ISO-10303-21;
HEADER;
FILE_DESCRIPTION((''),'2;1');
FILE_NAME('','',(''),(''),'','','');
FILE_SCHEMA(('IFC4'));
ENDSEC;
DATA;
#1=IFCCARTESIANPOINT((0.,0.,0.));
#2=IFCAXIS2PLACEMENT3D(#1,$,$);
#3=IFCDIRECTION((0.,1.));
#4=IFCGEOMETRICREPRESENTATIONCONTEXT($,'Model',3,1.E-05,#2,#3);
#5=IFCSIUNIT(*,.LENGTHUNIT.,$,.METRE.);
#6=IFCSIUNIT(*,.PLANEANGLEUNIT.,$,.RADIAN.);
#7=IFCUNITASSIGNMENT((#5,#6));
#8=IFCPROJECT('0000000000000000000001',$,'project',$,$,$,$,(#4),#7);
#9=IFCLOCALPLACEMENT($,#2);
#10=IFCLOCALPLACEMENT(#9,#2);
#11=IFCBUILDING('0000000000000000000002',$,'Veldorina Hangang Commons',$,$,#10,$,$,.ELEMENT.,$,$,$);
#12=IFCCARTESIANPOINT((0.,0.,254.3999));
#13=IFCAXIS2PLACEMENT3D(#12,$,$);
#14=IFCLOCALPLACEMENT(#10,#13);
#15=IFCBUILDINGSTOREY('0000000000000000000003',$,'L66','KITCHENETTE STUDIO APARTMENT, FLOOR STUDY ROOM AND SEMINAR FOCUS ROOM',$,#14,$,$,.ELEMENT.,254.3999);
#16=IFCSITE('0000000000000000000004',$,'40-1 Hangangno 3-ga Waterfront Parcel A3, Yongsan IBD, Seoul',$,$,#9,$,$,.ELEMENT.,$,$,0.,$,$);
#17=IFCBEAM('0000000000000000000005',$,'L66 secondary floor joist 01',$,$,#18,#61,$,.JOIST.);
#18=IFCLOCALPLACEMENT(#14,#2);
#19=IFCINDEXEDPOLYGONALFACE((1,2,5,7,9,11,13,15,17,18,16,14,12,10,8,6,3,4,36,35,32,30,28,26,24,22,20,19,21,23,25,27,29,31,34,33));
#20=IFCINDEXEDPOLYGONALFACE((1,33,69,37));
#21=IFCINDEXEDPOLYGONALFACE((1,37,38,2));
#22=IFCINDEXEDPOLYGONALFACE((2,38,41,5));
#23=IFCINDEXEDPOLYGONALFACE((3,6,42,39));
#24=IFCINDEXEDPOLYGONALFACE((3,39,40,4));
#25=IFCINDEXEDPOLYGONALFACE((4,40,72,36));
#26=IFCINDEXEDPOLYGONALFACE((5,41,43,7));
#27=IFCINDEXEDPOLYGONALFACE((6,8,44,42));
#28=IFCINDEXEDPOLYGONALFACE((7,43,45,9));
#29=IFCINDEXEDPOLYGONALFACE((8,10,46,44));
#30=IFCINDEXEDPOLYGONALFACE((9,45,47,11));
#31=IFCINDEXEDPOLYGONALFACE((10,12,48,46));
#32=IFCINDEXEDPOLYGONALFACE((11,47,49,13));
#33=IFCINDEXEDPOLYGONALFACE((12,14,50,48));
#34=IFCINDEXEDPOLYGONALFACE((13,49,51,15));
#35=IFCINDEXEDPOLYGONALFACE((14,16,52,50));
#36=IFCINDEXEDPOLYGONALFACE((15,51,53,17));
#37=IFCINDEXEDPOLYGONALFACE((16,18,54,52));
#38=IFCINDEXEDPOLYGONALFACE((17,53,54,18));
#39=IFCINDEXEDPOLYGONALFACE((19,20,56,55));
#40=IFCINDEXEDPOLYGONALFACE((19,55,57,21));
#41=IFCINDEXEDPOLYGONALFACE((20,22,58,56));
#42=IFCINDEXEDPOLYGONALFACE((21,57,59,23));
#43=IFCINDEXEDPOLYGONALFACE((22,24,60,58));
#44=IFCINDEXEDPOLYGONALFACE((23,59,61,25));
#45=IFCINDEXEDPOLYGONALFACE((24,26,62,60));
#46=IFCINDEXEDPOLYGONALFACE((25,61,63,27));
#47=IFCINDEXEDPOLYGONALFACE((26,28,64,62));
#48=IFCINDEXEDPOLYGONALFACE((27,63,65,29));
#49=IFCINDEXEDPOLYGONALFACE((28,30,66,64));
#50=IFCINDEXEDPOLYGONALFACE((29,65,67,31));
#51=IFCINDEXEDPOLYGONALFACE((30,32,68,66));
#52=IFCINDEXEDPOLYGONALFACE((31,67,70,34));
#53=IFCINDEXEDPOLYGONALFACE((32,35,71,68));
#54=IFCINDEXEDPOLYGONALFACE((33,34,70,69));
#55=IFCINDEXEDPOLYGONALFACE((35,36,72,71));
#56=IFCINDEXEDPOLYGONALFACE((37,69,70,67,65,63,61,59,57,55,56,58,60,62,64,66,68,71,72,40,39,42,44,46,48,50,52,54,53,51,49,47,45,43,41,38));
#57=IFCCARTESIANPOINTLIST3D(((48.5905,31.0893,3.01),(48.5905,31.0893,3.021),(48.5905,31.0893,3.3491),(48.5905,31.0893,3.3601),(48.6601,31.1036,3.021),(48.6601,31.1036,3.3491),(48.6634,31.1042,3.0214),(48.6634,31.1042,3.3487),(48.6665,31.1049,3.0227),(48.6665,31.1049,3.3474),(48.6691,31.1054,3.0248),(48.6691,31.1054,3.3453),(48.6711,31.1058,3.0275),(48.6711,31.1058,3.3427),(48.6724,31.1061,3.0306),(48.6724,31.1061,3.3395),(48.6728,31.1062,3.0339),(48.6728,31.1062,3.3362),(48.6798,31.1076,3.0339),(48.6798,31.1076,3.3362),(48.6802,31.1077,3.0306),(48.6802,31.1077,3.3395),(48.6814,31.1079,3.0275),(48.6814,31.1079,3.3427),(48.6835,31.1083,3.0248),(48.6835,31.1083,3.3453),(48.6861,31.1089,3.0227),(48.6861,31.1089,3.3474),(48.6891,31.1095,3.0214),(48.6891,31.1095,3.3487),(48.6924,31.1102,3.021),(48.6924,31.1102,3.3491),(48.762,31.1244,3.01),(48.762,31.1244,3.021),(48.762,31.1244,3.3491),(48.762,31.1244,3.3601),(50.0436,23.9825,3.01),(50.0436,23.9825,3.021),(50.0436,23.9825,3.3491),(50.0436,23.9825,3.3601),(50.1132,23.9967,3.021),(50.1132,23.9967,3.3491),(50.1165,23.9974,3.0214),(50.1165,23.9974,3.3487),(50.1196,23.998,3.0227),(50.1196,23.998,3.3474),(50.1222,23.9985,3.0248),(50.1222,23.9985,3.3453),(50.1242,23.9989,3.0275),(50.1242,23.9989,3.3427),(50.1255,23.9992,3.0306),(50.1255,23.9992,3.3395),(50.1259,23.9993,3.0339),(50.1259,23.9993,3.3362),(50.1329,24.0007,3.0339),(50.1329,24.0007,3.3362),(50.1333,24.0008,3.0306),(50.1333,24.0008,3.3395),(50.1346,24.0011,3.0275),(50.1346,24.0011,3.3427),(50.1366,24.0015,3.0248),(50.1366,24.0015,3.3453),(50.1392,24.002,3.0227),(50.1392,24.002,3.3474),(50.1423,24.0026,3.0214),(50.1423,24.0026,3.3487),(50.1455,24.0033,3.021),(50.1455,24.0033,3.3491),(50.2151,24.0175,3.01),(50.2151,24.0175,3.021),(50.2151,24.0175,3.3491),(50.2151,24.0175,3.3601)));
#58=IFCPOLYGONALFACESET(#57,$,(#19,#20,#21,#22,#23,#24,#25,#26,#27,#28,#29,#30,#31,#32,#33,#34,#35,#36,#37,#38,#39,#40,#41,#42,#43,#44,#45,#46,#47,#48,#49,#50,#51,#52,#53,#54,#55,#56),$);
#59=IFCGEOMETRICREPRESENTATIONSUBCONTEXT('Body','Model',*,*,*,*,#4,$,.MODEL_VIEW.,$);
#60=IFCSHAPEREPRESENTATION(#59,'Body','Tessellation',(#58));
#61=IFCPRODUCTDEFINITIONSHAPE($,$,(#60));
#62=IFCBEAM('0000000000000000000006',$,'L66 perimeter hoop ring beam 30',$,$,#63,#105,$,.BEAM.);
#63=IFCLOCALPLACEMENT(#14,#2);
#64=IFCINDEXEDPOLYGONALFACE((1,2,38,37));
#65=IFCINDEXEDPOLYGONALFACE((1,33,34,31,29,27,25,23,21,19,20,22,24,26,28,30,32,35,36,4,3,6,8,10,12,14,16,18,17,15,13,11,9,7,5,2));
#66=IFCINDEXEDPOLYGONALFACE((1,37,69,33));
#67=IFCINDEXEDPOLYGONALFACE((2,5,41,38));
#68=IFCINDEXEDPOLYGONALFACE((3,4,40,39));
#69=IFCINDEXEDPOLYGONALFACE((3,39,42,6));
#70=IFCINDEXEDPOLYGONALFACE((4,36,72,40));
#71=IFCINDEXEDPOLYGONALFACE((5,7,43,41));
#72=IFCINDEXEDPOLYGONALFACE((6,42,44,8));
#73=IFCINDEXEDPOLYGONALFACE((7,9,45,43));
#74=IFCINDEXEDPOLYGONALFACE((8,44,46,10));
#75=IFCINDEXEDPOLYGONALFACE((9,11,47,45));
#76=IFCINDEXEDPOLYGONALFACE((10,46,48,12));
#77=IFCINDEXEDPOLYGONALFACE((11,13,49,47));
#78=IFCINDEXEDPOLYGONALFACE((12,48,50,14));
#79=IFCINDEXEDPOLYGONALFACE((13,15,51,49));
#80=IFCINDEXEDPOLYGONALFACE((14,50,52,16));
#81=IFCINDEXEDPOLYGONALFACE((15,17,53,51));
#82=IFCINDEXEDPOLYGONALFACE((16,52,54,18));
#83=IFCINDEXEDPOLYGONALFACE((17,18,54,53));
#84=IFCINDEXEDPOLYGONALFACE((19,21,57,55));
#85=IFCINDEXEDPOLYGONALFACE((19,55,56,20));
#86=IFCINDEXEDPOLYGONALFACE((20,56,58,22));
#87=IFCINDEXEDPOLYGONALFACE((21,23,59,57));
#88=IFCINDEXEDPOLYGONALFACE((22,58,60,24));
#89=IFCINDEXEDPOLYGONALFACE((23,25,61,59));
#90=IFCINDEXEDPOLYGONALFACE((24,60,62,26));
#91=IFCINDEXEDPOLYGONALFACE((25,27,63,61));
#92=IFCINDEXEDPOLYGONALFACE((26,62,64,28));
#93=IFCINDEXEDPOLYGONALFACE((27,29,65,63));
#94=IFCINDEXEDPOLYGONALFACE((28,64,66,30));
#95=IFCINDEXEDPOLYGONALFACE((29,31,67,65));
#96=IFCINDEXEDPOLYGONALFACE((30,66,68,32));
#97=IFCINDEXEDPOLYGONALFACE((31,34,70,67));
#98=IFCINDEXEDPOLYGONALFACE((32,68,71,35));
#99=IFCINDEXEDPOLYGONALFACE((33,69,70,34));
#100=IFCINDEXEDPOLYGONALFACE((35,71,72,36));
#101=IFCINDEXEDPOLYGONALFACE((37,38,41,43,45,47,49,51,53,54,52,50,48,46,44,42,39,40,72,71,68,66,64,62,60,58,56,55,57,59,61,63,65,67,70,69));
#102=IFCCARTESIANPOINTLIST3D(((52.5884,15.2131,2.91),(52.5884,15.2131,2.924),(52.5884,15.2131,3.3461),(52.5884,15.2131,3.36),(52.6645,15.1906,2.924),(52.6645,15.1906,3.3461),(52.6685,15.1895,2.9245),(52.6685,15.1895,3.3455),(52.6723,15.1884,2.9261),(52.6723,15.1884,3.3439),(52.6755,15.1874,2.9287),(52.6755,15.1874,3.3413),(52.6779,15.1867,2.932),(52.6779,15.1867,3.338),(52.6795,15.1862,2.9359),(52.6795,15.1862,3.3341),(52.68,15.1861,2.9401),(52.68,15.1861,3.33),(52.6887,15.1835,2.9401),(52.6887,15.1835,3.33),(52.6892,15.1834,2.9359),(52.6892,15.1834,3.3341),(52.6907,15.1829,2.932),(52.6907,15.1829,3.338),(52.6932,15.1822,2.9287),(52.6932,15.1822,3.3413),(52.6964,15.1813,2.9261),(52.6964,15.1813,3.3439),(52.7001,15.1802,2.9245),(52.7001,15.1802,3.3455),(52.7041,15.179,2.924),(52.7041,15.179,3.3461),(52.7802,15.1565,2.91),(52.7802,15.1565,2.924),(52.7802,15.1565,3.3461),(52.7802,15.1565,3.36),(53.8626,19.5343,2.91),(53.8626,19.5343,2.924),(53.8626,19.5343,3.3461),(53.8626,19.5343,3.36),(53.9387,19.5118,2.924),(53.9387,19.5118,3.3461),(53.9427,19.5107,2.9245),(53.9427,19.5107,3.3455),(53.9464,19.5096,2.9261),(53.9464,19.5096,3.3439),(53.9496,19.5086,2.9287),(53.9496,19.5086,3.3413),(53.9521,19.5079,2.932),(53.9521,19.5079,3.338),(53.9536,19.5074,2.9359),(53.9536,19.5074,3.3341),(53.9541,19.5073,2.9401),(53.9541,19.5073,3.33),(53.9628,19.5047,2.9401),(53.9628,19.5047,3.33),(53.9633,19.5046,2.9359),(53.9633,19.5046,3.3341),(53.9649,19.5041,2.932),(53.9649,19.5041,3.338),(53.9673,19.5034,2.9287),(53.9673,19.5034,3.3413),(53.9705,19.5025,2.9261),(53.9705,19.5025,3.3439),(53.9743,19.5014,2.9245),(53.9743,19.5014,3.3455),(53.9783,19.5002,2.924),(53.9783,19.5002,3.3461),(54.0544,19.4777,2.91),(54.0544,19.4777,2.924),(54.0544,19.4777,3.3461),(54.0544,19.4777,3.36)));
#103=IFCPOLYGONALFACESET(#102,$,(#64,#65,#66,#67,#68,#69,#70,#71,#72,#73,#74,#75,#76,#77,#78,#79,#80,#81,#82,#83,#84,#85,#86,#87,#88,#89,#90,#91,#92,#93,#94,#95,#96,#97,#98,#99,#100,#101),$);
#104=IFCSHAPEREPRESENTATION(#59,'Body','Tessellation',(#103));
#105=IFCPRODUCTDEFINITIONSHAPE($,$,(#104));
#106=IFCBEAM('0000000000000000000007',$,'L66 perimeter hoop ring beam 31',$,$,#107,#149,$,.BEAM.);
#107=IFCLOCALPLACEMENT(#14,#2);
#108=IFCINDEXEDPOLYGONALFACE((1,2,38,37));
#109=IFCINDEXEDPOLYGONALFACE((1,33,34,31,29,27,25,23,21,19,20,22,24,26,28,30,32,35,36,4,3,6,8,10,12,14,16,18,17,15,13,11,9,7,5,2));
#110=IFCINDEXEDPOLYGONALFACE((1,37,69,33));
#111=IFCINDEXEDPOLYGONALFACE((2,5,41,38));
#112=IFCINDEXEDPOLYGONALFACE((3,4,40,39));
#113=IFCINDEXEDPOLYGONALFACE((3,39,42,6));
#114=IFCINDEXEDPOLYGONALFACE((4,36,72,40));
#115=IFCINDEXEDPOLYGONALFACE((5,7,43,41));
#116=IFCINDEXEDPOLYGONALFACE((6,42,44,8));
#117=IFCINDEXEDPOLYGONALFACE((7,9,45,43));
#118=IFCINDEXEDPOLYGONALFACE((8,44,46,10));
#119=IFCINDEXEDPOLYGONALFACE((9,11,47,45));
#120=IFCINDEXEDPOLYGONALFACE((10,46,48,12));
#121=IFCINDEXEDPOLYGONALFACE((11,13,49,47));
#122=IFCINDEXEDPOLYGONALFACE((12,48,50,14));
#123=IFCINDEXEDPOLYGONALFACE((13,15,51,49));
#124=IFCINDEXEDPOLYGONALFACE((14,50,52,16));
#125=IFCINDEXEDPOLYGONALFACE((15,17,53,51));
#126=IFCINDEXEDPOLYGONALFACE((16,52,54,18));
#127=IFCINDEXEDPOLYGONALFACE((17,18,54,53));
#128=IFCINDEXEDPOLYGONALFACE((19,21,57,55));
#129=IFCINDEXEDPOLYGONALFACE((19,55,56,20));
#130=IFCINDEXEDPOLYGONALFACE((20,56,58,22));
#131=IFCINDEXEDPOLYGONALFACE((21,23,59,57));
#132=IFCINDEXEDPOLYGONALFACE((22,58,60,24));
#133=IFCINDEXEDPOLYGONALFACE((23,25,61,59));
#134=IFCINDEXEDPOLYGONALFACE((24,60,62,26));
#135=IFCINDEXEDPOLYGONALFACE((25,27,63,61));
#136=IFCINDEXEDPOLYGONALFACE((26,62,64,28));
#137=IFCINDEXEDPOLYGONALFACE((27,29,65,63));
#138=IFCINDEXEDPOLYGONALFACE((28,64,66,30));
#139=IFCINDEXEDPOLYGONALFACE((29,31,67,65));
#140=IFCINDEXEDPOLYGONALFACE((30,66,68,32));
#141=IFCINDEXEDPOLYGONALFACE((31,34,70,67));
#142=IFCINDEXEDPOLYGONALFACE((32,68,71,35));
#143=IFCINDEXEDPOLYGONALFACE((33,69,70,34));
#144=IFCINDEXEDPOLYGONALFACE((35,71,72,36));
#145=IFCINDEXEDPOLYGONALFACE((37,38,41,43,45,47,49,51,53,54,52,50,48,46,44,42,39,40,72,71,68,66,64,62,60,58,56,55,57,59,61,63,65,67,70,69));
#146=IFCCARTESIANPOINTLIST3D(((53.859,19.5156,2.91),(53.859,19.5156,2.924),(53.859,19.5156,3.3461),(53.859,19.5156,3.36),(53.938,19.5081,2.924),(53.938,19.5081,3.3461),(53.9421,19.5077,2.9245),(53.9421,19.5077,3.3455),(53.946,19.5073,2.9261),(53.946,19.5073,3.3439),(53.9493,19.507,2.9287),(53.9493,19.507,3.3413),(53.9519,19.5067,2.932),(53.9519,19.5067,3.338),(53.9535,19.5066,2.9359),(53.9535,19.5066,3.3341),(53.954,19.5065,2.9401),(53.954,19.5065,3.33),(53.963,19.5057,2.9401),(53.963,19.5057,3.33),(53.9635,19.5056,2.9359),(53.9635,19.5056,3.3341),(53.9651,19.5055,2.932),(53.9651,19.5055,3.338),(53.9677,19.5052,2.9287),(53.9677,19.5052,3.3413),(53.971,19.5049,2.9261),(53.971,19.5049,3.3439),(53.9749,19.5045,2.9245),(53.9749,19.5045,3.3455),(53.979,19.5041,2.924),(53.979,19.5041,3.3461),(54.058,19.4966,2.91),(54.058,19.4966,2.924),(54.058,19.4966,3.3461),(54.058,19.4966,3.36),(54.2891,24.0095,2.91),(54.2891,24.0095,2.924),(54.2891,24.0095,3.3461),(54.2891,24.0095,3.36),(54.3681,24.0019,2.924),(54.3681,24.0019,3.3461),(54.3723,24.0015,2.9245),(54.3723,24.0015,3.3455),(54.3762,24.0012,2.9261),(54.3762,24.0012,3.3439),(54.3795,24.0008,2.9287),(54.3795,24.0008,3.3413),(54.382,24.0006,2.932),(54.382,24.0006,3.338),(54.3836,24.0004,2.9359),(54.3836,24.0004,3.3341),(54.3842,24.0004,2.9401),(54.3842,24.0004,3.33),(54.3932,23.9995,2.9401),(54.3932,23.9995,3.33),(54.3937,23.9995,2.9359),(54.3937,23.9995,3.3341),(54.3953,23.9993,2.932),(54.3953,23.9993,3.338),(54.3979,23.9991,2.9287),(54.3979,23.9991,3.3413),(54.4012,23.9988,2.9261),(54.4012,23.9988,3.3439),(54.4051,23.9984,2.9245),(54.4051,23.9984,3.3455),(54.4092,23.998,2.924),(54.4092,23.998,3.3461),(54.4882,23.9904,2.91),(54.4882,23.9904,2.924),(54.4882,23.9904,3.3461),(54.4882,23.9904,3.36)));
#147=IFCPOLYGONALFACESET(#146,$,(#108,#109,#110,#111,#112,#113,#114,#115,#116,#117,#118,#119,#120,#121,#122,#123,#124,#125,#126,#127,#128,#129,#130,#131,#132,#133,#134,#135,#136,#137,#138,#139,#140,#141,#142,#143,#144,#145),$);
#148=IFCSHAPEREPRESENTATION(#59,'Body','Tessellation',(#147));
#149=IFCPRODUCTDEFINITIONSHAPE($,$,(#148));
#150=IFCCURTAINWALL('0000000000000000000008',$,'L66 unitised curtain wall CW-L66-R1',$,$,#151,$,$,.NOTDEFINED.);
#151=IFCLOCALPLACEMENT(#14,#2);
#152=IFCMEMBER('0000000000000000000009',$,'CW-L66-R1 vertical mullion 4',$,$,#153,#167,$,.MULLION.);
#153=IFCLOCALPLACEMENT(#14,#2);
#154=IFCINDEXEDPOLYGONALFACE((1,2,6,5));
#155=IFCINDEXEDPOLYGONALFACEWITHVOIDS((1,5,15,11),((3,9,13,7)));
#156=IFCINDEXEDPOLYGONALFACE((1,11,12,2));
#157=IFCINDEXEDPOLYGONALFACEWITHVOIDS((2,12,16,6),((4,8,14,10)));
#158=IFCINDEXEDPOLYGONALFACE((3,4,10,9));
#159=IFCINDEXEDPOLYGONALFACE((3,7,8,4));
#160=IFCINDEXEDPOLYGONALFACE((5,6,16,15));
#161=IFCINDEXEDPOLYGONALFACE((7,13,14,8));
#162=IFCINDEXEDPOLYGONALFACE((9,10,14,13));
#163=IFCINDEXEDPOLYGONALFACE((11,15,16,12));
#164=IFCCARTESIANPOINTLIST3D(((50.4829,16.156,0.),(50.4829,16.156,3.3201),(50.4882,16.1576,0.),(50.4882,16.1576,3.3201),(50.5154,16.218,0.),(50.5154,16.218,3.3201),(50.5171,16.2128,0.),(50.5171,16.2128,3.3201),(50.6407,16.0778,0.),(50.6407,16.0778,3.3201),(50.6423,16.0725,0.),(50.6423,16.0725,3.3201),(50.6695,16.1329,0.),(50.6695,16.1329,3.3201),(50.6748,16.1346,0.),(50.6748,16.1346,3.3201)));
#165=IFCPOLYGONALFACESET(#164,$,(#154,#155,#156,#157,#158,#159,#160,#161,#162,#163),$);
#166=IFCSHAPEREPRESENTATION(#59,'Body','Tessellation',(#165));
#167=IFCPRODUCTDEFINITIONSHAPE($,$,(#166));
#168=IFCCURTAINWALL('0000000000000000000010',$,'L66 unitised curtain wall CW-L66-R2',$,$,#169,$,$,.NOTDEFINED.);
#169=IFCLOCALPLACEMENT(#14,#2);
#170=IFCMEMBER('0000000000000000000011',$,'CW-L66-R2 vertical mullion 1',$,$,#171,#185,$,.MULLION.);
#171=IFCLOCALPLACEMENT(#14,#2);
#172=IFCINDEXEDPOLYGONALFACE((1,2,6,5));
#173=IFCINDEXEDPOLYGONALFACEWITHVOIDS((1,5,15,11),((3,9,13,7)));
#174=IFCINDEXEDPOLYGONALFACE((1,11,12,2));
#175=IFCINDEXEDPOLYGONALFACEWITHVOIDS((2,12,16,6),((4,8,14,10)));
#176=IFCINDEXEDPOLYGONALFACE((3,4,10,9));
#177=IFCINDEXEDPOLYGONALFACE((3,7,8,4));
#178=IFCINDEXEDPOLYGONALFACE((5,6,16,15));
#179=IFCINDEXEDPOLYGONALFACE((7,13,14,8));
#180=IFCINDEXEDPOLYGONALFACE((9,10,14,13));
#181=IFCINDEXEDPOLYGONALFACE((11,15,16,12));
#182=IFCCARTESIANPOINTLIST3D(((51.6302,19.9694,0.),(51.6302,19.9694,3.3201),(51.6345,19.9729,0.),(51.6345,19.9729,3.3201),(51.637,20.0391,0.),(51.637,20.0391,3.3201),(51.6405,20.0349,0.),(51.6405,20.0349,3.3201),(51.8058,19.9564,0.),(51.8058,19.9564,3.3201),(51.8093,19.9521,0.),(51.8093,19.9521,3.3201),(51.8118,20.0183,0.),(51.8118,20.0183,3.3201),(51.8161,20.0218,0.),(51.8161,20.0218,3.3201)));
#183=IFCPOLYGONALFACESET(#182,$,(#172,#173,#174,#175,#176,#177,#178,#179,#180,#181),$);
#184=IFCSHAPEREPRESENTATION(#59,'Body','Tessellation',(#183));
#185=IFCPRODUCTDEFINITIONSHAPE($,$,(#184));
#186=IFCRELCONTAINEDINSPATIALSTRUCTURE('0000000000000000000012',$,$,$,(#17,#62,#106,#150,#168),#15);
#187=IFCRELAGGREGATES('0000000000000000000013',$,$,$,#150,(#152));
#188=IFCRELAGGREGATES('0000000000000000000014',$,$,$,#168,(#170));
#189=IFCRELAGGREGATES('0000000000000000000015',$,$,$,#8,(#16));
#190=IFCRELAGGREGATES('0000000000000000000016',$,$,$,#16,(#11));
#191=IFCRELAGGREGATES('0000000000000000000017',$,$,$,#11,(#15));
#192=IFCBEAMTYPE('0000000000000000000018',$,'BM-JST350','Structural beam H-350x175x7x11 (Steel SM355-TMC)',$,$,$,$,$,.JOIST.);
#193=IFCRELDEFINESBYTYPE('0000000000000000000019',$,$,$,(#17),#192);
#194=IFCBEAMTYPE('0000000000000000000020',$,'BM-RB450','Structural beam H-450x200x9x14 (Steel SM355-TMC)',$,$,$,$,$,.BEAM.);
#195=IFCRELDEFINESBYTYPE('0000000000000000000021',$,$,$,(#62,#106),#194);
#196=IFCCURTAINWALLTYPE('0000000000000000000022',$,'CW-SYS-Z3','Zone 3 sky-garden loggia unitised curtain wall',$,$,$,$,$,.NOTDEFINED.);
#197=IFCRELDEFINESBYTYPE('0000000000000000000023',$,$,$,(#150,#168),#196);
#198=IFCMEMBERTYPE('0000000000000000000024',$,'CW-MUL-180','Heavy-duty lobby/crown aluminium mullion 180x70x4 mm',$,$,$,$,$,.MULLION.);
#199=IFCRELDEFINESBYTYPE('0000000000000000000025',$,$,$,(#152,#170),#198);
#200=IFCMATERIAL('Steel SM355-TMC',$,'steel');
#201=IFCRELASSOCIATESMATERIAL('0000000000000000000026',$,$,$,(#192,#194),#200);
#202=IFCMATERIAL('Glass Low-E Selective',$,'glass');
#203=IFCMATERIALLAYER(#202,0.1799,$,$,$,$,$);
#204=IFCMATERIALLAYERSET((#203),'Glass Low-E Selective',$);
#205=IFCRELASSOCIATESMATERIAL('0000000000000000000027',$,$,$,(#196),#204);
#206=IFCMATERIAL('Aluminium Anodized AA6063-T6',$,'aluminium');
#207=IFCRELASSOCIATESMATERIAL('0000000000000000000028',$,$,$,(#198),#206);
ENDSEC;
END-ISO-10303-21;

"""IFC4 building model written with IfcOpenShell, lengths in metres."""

from ifc_helpers import new_model, si_unit, direction, frame, origin, origin_2d, place, context, subcontext, project, spatial, hollow_rectangle, i_section, extrude, material, layer, layer_set, material_profile, profile_set, type_object, element, aggregate, save


model = new_model("IFC4")

# Units and contexts
model_context = context("Model", 3, precision=1e-05, world=origin(), true_north=direction((0.0, 1.0)))
body_context = subcontext(model_context, "Body", "Model", "MODEL_VIEW")
ifc_project = project(units=[si_unit("LENGTHUNIT", "METRE"), si_unit("PLANEANGLEUNIT", "RADIAN")], contexts=[model_context])

# Site, building, storey
site_placement = place(None, origin())
site = spatial("IfcSite", under=ifc_project, at=site_placement, Name="40-1 Hangangno 3-ga Waterfront Parcel A3, Yongsan IBD, Seoul", CompositionType="ELEMENT", RefElevation=0.0)
building_placement = place(site_placement, origin())
building = spatial("IfcBuilding", under=site, at=building_placement, Name="Veldorina Hangang Commons", CompositionType="ELEMENT")
storey_placement = place(building_placement, frame((0.0, 0.0, 254.3999)))
storey = spatial("IfcBuildingStorey", under=building, at=storey_placement, Name="L66", Description="KITCHENETTE STUDIO APARTMENT, FLOOR STUDY ROOM AND SEMINAR FOCUS ROOM", CompositionType="ELEMENT", Elevation=254.3999)

# Beams
ifc_material_1 = material(Name="Steel SM355-TMC", Category="steel")
ifc_material_profile_1 = material_profile(ifc_material_1, i_section(OverallWidth=0.175, OverallDepth=0.3501, WebThickness=0.0071, FlangeThickness=0.011, FilletRadius=0.0129, at=origin_2d()), Name="H-350x175x7x11")
ifc_profile_set_1 = profile_set([ifc_material_profile_1], Name="Steel SM355-TMC")
beam_type_1 = type_object("IfcBeamType", Name="BM-JST350", Description="Structural beam H-350x175x7x11 (Steel SM355-TMC)", PredefinedType="JOIST", material=ifc_profile_set_1)
beam_1_placement = place(storey_placement, frame((50.1294, 24.0, 3.1851), z_axis=(-0.200321, 0.97973, 0.0), x_axis=(-0.97973, -0.200321, 0.0)))
element("IfcBeam", 1, at=beam_1_placement, inside=storey, type_object=beam_type_1, Name="L66 secondary floor joist 01", PredefinedType="JOIST", context=body_context, shape_type="SweptSolid", body=[
    extrude(i_section(OverallWidth=0.175, OverallDepth=0.3501, WebThickness=0.0071, FlangeThickness=0.011, FilletRadius=0.0129, at=origin_2d()), origin(), (0.0, 0.0, 1.0), 7.2539),
])
ifc_material_profile_2 = material_profile(ifc_material_1, i_section(OverallWidth=0.2, OverallDepth=0.45, WebThickness=0.009, FlangeThickness=0.0139, FilletRadius=0.0161, at=origin_2d()), Name="H-450x200x9x14")
ifc_profile_set_2 = profile_set([ifc_material_profile_2], Name="Steel SM355-TMC")
beam_type_2 = type_object("IfcBeamType", Name="BM-RB450", Description="Structural beam H-450x200x9x14 (Steel SM355-TMC)", PredefinedType="BEAM", material=ifc_profile_set_2)
beam_2_placement = place(storey_placement, frame((52.6843, 15.1848, 3.135), z_axis=(0.282821, 0.959173, 0.0), x_axis=(-0.959173, 0.282821, 0.0)))
element("IfcBeam", 2, at=beam_2_placement, inside=storey, type_object=beam_type_2, Name="L66 perimeter hoop ring beam 30", PredefinedType="BEAM", context=body_context, shape_type="SweptSolid", body=[
    extrude(i_section(OverallWidth=0.2, OverallDepth=0.45, WebThickness=0.009, FlangeThickness=0.0139, FilletRadius=0.0161, at=origin_2d()), origin(), (0.0, 0.0, 1.0), 4.5051),
])
beam_3_placement = place(storey_placement, frame((53.9585, 19.5061, 3.135), z_axis=(0.095289, 0.99545, 0.0), x_axis=(-0.99545, 0.095289, 0.0)))
element("IfcBeam", 3, at=beam_3_placement, inside=storey, type_object=beam_type_2, Name="L66 perimeter hoop ring beam 31", PredefinedType="BEAM", context=body_context, shape_type="SweptSolid", body=[
    extrude(i_section(OverallWidth=0.2, OverallDepth=0.45, WebThickness=0.009, FlangeThickness=0.0139, FilletRadius=0.0161, at=origin_2d()), origin(), (0.0, 0.0, 1.0), 4.5144),
])

# Curtain wall, member
ifc_material_2 = material(Name="Glass Low-E Selective", Category="glass")
ifc_layer_1 = layer(ifc_material_2, 0.1799)
ifc_layer_set_1 = layer_set([ifc_layer_1], Name="Glass Low-E Selective")
curtain_wall_type = type_object("IfcCurtainWallType", Name="CW-SYS-Z3", Description="Zone 3 sky-garden loggia unitised curtain wall", PredefinedType="NOTDEFINED", material=ifc_layer_set_1)
curtain_wall_1_placement = place(storey_placement, origin())
curtain_wall_1 = element("IfcCurtainWall", 4, at=curtain_wall_1_placement, inside=storey, type_object=curtain_wall_type, Name="L66 unitised curtain wall CW-L66-R1", PredefinedType="NOTDEFINED")
ifc_material_3 = material(Name="Aluminium Anodized AA6063-T6", Category="aluminium")
ifc_material_profile_3 = material_profile(ifc_material_3, hollow_rectangle(XDim=0.0701, YDim=0.1799, WallThickness=0.0039, at=origin_2d()), Name="ALU-RHS-180x70x4")
ifc_profile_set_3 = profile_set([ifc_material_profile_3], Name="Aluminium Anodized AA6063-T6")
member_type_1 = type_object("IfcMemberType", Name="CW-MUL-180", Description="Heavy-duty lobby/crown aluminium mullion 180x70x4 mm", PredefinedType="MULLION", material=ifc_profile_set_3)
member_1_placement = place(storey_placement, frame((50.5789, 16.1453, 0.0), z_axis=(0.0, 0.0, 1.0), x_axis=(-0.463915, -0.88588, 0.0)))
member_1 = element("IfcMember", 5, at=member_1_placement, type_object=member_type_1, Name="CW-L66-R1 vertical mullion 4", PredefinedType="MULLION", context=body_context, shape_type="SweptSolid", body=[
    extrude(hollow_rectangle(XDim=0.0701, YDim=0.1799, WallThickness=0.0039, at=origin_2d()), origin(), (0.0, 0.0, 1.0), 3.3201),
])

# Curtain wall, member
curtain_wall_2_placement = place(storey_placement, origin())
curtain_wall_2 = element("IfcCurtainWall", 6, at=curtain_wall_2_placement, inside=storey, type_object=curtain_wall_type, Name="L66 unitised curtain wall CW-L66-R2", PredefinedType="NOTDEFINED")
member_2_placement = place(storey_placement, frame((51.7231, 19.9956, 0.0), z_axis=(0.0, 0.0, 1.0), x_axis=(0.096054, 0.995376, 0.0)))
member_2 = element("IfcMember", 7, at=member_2_placement, type_object=member_type_1, Name="CW-L66-R2 vertical mullion 1", PredefinedType="MULLION", context=body_context, shape_type="SweptSolid", body=[
    extrude(hollow_rectangle(XDim=0.0701, YDim=0.1799, WallThickness=0.0039, at=origin_2d()), origin(), (0.0, 0.0, 1.0), 3.3201),
])

aggregate(curtain_wall_1, [member_1])
aggregate(curtain_wall_2, [member_2])

save(model, "model.ifc")
